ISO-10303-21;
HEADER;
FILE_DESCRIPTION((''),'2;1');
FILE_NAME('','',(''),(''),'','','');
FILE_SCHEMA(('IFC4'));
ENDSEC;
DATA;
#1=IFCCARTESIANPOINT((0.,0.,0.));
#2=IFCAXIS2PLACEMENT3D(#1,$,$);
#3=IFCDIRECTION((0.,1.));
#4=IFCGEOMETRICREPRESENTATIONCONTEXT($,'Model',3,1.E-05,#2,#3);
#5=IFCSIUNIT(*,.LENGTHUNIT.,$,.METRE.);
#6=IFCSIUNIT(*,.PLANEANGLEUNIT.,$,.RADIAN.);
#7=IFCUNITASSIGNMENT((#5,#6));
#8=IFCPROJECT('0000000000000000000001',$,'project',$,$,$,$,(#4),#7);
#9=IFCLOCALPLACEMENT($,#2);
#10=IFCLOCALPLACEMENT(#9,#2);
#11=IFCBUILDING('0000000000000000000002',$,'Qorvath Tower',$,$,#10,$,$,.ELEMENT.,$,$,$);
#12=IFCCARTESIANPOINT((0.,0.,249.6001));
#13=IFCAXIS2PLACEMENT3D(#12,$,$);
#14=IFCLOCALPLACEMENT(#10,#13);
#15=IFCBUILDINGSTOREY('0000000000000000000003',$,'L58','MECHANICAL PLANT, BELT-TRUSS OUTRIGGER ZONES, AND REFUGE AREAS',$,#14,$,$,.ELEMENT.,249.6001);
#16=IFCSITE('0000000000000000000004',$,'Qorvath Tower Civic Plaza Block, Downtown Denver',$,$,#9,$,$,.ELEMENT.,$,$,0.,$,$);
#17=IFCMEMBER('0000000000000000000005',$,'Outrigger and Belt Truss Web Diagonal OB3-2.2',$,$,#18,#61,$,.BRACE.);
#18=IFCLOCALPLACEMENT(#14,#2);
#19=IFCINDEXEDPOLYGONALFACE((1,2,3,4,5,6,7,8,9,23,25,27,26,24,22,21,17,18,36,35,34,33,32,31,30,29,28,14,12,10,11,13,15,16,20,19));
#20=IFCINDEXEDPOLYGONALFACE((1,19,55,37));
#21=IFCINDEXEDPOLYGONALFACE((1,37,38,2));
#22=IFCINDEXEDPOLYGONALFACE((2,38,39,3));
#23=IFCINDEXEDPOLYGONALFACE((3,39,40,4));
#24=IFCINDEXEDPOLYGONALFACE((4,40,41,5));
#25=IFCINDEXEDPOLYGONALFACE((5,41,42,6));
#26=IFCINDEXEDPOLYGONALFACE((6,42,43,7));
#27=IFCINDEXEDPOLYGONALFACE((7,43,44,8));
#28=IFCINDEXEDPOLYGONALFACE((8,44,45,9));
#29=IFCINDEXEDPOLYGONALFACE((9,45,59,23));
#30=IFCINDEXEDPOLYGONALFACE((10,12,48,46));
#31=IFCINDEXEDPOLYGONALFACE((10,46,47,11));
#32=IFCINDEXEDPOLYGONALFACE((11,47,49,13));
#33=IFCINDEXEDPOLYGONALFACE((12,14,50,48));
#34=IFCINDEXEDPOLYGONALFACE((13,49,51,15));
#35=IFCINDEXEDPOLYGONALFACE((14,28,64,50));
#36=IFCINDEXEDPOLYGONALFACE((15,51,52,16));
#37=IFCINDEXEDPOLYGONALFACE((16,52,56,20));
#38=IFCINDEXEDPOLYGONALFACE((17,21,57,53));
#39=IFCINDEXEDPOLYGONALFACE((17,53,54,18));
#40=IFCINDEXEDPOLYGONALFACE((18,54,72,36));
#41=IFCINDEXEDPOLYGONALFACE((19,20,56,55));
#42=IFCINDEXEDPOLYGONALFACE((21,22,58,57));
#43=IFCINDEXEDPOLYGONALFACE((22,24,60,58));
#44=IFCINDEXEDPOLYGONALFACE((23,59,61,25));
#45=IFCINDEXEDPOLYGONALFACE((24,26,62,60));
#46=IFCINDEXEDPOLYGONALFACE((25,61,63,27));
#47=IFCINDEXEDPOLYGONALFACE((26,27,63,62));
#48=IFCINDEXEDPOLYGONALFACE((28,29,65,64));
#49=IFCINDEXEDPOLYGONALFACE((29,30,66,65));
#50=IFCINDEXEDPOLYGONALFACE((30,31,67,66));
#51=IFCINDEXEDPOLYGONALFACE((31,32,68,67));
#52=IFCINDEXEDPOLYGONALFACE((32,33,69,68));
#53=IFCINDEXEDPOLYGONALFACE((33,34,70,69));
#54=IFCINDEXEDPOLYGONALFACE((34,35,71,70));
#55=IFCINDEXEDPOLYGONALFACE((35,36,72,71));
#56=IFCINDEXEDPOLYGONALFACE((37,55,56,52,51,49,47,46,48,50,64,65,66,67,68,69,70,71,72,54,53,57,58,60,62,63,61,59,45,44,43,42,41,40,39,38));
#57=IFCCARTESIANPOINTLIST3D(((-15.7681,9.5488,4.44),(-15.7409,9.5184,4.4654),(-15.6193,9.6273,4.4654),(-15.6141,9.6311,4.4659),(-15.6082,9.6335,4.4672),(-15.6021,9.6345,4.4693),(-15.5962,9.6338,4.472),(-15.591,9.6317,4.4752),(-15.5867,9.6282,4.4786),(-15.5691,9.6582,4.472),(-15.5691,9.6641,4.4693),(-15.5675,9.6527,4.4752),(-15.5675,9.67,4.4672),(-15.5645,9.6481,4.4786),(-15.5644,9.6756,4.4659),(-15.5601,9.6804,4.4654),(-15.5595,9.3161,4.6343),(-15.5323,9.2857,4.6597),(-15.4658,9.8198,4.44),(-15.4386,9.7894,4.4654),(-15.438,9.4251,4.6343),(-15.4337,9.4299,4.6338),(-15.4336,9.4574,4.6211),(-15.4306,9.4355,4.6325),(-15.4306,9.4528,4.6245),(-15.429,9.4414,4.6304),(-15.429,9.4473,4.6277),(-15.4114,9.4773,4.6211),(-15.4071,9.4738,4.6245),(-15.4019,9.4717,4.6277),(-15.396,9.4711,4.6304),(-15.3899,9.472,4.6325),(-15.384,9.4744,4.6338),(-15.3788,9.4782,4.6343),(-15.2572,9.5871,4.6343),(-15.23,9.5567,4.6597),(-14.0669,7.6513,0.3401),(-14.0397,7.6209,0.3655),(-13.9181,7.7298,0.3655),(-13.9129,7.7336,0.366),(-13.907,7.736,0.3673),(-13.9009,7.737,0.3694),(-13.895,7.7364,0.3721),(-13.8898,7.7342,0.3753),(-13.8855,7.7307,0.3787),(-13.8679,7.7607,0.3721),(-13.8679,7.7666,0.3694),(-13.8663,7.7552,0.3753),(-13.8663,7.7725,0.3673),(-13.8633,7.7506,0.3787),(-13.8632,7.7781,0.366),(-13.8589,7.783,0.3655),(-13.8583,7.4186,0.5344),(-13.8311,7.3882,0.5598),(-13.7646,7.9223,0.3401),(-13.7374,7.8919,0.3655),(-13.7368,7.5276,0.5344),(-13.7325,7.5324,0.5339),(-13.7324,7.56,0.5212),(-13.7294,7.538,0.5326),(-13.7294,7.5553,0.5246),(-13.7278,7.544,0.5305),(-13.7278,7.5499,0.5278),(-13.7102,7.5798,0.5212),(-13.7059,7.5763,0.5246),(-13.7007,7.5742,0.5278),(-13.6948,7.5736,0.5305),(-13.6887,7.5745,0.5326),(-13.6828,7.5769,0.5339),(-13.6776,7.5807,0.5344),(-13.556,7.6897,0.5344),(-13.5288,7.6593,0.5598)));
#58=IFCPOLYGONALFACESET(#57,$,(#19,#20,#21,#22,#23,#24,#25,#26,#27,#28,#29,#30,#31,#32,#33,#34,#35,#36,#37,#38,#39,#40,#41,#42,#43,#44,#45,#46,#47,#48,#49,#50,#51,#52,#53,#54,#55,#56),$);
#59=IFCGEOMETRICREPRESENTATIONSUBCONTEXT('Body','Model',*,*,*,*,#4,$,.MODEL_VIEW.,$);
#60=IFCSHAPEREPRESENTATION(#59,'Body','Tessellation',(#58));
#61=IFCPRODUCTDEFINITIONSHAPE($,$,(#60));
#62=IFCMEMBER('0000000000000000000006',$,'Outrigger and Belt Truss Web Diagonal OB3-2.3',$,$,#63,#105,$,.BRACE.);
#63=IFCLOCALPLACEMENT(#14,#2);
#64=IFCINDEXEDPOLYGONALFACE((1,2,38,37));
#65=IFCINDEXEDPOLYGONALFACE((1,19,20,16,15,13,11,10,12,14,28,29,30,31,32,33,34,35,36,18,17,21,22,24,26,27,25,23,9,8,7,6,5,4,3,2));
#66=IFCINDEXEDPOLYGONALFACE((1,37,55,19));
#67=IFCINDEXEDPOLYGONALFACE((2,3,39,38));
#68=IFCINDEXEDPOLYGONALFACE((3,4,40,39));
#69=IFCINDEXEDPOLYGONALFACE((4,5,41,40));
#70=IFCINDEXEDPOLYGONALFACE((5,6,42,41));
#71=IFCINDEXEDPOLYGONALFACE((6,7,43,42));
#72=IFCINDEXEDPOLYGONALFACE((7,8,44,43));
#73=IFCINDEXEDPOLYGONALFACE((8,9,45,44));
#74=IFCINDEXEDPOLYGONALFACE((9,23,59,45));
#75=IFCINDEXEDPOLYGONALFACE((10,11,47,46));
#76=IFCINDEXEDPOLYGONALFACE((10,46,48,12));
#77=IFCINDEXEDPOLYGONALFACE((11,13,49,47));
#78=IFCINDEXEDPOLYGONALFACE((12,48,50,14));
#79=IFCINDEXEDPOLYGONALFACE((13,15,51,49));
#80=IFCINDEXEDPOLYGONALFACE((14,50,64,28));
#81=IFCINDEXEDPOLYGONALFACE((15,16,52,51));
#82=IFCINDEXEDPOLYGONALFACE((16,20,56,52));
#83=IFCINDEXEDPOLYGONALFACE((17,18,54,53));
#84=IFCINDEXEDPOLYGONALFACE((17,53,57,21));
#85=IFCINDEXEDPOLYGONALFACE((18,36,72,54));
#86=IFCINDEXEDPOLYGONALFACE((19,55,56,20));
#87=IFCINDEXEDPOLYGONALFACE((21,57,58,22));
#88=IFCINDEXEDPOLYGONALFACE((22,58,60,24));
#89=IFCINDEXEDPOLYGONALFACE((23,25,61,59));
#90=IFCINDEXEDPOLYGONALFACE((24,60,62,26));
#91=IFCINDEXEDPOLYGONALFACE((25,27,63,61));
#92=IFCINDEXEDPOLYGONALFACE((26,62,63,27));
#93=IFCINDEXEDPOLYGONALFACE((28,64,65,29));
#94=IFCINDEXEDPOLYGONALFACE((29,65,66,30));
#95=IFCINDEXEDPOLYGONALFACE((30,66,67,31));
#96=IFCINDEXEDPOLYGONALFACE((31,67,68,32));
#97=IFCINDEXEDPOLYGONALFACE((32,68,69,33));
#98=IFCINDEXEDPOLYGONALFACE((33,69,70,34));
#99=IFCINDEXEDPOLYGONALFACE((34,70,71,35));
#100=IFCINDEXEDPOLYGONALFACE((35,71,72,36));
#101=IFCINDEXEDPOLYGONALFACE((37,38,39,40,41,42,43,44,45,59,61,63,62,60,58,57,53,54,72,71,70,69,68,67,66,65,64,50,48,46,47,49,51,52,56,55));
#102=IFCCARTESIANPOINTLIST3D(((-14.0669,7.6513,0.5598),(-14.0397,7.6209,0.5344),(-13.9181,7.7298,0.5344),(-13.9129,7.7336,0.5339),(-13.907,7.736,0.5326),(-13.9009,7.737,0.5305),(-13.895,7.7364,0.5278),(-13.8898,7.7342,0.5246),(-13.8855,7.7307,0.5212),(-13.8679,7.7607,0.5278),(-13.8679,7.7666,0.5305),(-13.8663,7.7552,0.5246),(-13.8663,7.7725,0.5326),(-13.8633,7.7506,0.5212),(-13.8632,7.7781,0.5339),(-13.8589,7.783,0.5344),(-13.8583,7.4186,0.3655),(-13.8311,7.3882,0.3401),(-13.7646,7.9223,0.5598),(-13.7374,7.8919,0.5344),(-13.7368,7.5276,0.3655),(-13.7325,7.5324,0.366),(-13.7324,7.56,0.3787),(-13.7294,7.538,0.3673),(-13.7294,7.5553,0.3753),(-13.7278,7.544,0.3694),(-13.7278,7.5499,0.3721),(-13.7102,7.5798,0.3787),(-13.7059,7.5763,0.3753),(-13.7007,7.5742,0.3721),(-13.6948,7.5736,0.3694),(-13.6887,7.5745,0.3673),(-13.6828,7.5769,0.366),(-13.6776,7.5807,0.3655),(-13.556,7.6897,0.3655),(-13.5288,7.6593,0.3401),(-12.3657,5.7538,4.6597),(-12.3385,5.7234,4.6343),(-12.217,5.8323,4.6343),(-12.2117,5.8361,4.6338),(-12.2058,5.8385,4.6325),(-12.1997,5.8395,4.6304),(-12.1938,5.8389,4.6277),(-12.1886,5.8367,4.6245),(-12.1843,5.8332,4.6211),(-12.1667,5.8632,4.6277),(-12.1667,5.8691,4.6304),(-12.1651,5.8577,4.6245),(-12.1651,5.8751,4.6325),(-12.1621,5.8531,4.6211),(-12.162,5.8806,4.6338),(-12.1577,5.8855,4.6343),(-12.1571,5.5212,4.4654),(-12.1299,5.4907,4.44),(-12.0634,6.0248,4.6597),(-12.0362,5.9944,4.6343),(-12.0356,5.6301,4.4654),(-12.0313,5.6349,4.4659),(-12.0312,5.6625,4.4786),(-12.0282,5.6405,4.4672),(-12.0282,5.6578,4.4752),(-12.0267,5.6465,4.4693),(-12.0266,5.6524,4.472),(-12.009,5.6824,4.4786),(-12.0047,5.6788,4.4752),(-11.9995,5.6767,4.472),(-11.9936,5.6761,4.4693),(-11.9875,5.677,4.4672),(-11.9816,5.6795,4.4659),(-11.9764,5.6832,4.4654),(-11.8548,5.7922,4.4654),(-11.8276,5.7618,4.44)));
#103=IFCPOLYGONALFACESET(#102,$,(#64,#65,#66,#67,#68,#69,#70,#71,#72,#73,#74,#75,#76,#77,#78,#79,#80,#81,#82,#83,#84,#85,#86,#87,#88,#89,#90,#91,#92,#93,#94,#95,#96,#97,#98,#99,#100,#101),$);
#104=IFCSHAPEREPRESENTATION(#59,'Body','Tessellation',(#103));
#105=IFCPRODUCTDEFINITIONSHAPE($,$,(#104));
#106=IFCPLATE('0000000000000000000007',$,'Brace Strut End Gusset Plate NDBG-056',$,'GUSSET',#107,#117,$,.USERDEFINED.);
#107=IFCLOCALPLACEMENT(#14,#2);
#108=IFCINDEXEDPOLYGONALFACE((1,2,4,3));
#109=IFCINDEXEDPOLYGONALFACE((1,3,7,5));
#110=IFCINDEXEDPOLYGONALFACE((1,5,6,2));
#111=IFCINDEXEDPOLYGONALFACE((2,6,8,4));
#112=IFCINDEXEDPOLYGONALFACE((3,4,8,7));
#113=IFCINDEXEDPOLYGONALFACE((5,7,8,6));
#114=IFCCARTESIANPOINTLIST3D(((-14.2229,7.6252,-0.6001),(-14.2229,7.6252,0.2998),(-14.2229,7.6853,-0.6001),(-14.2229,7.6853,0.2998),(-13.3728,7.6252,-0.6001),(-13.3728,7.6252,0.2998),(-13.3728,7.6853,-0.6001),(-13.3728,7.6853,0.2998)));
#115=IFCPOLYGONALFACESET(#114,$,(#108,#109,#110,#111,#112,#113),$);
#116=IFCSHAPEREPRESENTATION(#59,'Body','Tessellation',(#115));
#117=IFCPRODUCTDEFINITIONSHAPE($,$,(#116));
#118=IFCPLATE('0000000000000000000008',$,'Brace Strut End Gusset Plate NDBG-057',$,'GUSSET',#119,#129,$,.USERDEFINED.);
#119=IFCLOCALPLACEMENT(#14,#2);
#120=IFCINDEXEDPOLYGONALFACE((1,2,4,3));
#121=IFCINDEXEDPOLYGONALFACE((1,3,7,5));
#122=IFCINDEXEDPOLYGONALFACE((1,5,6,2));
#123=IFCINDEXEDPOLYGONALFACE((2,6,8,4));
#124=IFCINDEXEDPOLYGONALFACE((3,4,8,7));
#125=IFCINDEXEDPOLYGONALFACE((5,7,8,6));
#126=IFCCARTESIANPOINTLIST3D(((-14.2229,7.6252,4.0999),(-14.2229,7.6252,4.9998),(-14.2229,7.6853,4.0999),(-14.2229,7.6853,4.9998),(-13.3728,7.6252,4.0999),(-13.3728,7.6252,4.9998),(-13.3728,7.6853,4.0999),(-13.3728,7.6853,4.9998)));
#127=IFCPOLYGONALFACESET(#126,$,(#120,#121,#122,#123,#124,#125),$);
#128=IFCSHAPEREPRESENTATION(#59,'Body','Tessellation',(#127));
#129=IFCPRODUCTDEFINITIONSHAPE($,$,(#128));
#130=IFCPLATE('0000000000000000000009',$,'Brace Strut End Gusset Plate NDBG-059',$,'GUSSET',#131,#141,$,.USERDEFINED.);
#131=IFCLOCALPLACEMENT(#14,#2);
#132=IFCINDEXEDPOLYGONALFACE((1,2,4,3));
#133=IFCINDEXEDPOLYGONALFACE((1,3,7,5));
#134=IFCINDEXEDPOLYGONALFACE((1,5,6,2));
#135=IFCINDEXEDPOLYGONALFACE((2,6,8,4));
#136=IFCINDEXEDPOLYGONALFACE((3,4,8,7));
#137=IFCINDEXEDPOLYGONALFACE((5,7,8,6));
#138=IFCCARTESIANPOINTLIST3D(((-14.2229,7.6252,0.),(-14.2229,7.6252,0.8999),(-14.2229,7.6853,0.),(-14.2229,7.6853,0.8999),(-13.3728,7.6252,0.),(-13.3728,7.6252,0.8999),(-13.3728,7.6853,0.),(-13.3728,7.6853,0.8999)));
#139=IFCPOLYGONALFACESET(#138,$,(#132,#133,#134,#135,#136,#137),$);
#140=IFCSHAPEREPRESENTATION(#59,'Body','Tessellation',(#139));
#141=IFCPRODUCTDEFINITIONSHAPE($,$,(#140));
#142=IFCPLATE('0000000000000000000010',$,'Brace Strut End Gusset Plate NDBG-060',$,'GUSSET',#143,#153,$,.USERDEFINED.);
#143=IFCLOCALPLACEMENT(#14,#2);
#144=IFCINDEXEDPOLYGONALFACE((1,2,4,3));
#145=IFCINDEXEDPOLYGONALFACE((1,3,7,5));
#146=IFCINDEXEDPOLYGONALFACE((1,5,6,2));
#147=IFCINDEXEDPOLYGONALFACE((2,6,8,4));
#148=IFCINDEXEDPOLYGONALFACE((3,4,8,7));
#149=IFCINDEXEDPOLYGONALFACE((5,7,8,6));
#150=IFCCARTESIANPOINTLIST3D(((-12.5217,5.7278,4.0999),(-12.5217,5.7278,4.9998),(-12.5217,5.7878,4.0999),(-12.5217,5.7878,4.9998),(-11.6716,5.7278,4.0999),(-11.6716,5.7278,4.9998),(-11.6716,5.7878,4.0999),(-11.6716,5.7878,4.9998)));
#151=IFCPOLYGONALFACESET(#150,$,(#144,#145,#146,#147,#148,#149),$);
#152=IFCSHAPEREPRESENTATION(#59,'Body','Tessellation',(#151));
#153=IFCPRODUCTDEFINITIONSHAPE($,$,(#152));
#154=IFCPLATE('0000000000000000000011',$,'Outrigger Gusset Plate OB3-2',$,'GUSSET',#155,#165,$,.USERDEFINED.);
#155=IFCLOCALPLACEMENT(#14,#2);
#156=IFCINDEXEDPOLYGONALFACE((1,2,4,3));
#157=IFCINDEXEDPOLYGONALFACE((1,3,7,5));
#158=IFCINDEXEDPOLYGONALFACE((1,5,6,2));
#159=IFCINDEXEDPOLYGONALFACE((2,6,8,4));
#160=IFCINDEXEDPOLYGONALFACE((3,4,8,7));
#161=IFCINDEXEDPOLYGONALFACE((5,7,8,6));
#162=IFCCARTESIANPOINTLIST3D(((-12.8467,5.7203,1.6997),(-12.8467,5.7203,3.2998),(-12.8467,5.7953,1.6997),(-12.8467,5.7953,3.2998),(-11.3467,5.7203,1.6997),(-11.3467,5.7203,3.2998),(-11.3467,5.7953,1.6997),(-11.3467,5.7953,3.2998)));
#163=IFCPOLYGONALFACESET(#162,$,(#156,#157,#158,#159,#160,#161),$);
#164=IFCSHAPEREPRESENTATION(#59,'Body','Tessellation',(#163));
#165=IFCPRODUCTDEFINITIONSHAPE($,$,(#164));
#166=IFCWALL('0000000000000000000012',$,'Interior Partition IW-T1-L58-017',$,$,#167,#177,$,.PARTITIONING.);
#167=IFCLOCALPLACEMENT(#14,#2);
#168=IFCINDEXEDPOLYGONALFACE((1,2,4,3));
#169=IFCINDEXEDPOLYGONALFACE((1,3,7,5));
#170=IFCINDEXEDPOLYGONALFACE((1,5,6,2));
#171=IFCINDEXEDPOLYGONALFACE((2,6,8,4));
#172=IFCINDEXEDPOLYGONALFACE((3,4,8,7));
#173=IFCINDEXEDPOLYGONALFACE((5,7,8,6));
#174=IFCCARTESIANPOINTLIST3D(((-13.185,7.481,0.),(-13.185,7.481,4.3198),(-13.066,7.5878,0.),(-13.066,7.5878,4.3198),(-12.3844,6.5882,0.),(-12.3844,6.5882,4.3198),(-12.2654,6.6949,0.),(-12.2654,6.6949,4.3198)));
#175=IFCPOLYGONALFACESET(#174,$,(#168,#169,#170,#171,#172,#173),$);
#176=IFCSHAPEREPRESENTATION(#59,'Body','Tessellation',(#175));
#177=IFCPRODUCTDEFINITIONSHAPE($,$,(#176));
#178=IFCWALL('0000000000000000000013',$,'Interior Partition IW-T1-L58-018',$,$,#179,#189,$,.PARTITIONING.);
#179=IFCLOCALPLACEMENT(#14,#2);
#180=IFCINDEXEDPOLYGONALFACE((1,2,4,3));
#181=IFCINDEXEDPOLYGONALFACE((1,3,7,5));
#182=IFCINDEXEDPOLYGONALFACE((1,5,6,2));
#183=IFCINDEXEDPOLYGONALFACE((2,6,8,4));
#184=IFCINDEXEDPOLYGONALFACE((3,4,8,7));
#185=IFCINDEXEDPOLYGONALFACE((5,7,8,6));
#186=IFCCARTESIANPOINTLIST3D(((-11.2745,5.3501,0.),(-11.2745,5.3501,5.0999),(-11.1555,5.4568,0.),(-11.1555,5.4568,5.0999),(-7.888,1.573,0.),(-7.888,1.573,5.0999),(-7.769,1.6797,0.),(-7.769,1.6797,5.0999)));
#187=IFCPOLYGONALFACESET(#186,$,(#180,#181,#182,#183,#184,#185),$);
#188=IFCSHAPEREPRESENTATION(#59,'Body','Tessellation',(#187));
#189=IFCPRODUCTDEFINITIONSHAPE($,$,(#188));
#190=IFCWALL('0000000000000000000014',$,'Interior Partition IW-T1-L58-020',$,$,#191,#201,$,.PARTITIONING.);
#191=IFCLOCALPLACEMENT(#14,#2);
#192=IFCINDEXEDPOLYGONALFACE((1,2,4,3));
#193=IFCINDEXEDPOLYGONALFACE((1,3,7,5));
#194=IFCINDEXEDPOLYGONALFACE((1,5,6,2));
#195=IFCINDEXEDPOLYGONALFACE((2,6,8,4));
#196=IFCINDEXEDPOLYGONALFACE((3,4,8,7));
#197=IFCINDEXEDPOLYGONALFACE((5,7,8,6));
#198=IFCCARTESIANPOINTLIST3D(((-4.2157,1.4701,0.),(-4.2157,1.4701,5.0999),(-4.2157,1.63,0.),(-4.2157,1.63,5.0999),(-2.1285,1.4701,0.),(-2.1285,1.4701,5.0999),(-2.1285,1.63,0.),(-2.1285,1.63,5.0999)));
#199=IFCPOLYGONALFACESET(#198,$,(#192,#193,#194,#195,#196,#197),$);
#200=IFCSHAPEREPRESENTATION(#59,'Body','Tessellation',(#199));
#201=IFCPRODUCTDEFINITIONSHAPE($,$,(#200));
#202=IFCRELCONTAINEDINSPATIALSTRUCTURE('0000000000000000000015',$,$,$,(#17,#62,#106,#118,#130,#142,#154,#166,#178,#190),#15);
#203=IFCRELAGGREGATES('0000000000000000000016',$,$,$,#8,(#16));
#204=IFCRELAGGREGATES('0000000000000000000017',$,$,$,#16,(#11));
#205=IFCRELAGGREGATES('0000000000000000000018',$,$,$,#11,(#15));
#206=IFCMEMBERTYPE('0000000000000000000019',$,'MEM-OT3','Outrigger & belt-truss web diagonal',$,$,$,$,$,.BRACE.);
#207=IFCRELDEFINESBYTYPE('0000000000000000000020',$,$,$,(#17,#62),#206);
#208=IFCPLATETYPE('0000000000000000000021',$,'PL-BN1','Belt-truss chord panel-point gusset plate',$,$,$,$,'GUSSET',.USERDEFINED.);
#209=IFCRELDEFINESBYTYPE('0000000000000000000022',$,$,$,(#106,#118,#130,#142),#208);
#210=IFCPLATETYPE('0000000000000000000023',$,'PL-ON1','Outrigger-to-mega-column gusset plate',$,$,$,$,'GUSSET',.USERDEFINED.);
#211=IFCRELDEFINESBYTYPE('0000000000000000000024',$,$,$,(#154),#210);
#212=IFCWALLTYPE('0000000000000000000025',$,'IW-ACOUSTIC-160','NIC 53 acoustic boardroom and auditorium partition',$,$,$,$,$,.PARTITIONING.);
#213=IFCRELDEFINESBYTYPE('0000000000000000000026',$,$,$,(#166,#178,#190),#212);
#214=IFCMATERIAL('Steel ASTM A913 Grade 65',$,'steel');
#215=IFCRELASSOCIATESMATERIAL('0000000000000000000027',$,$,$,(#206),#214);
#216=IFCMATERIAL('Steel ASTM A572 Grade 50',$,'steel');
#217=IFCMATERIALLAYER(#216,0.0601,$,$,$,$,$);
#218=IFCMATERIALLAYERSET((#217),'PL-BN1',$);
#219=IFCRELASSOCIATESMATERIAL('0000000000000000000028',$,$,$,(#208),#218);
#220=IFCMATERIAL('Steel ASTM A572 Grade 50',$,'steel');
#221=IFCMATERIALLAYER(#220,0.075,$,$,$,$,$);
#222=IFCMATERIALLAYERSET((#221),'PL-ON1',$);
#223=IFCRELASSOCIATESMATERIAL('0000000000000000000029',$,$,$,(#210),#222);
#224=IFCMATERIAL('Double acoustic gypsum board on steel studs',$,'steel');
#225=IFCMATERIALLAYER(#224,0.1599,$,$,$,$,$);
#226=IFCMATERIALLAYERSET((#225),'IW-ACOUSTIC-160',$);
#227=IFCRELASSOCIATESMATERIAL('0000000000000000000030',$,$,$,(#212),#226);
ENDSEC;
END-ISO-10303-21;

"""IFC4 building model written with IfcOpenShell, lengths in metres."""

from ifc_helpers import new_model, si_unit, direction, frame, frame_2d, origin, origin_2d, place, context, subcontext, project, spatial, rectangle, i_section, extrude, material, layer, layer_set, material_profile, profile_set, type_object, element, save


model = new_model("IFC4")

# Units and contexts
model_context = context("Model", 3, precision=1e-05, world=origin(), true_north=direction((0.0, 1.0)))
body_context = subcontext(model_context, "Body", "Model", "MODEL_VIEW")
ifc_project = project(units=[si_unit("LENGTHUNIT", "METRE"), si_unit("PLANEANGLEUNIT", "RADIAN")], contexts=[model_context])

# Site, building, storey
site_placement = place(None, origin())
site = spatial("IfcSite", under=ifc_project, at=site_placement, Name="Qorvath Tower Civic Plaza Block, Downtown Denver", CompositionType="ELEMENT", RefElevation=0.0)
building_placement = place(site_placement, origin())
building = spatial("IfcBuilding", under=site, at=building_placement, Name="Qorvath Tower", CompositionType="ELEMENT")
storey_placement = place(building_placement, frame((0.0, 0.0, 249.6001)))
storey = spatial("IfcBuildingStorey", under=building, at=storey_placement, Name="L58", Description="MECHANICAL PLANT, BELT-TRUSS OUTRIGGER ZONES, AND REFUGE AREAS", CompositionType="ELEMENT", Elevation=249.6001)

# Members
ifc_material_1 = material(Name="Steel ASTM A913 Grade 65", Category="steel")
ifc_material_profile_1 = material_profile(ifc_material_1, i_section(OverallWidth=0.406, OverallDepth=0.416, WebThickness=0.0298, FlangeThickness=0.0481, FilletRadius=0.0249, at=origin_2d()), Name="W14x257")
ifc_profile_set_1 = profile_set([ifc_material_profile_1], Name="Steel ASTM A913 Grade 65")
member_type_1 = type_object("IfcMemberType", Name="MEM-OT3", Description="Outrigger & belt-truss web diagonal", PredefinedType="BRACE", material=ifc_profile_set_1)
for number, where, z_axis, x_axis, name in (
    (1, (-13.7979, 7.6553, 0.45), (-0.352404, 0.393066, 0.8493), (-0.744569, -0.667545, 0.0), "Outrigger and Belt Truss Web Diagonal OB3-2.2"),
    (2, (-13.7979, 7.6553, 0.45), (0.352404, -0.393066, 0.8493), (0.744569, 0.667545, 0.0), "Outrigger and Belt Truss Web Diagonal OB3-2.3"),
):
    element("IfcMember", number, at=place(storey_placement, frame(where, z_axis=z_axis, x_axis=x_axis)), inside=storey, type_object=member_type_1, Name=name, PredefinedType="BRACE", context=body_context, shape_type="SweptSolid", body=[
        extrude(i_section(OverallWidth=0.406, OverallDepth=0.416, WebThickness=0.0298, FlangeThickness=0.0481, FilletRadius=0.0249, at=origin_2d()), origin(), (0.0, 0.0, 1.0), 4.8274),
    ])

# Plates
ifc_material_2 = material(Name="Steel ASTM A572 Grade 50", Category="steel")
ifc_layer_1 = layer(ifc_material_2, 0.0601)
ifc_layer_set_1 = layer_set([ifc_layer_1], Name="PL-BN1")
plate_type_1 = type_object("IfcPlateType", Name="PL-BN1", Description="Belt-truss chord panel-point gusset plate", ElementType="GUSSET", PredefinedType="USERDEFINED", material=ifc_layer_set_1)
for number, where, z_axis, x_axis, name in (
    (3, (-13.7979, 7.6553, -0.6001), (0.0, 0.0, 1.0), (1.0, 0.0, 0.0), "Brace Strut End Gusset Plate NDBG-056"),
    (4, (-13.7979, 7.6553, 4.0999), (0.0, 0.0, 1.0), (1.0, 0.0, 0.0), "Brace Strut End Gusset Plate NDBG-057"),
    (5, (-13.7979, 7.6553, 0.0), (0.0, 0.0, 1.0), (1.0, 0.0, 0.0), "Brace Strut End Gusset Plate NDBG-059"),
    (6, (-12.0967, 5.7578, 4.0999), (0.0, 0.0, 1.0), (1.0, 0.0, 0.0), "Brace Strut End Gusset Plate NDBG-060"),
):
    element("IfcPlate", number, at=place(storey_placement, frame(where, z_axis=z_axis, x_axis=x_axis)), inside=storey, type_object=plate_type_1, Name=name, ObjectType="GUSSET", PredefinedType="USERDEFINED", context=body_context, shape_type="SweptSolid", body=[
        extrude(rectangle(XDim=0.8501, YDim=0.0601, at=origin_2d()), origin(), (0.0, 0.0, 1.0), 0.8999),
    ])
ifc_material_3 = material(Name="Steel ASTM A572 Grade 50", Category="steel")
ifc_layer_2 = layer(ifc_material_3, 0.075)
ifc_layer_set_2 = layer_set([ifc_layer_2], Name="PL-ON1")
plate_type_2 = type_object("IfcPlateType", Name="PL-ON1", Description="Outrigger-to-mega-column gusset plate", ElementType="GUSSET", PredefinedType="USERDEFINED", material=ifc_layer_set_2)
plate_placement = place(storey_placement, frame((-12.0967, 5.7578, 1.6997), z_axis=(0.0, 0.0, 1.0), x_axis=(1.0, 0.0, 0.0)))
element("IfcPlate", 7, at=plate_placement, inside=storey, type_object=plate_type_2, Name="Outrigger Gusset Plate OB3-2", ObjectType="GUSSET", PredefinedType="USERDEFINED", context=body_context, shape_type="SweptSolid", body=[
    extrude(rectangle(XDim=1.5, YDim=0.075, at=origin_2d()), origin(), (0.0, 0.0, 1.0), 1.6001),
])

# Walls
ifc_material_4 = material(Name="Double acoustic gypsum board on steel studs", Category="steel")
ifc_layer_3 = layer(ifc_material_4, 0.1599)
ifc_layer_set_3 = layer_set([ifc_layer_3], Name="IW-ACOUSTIC-160")
wall_type_1 = type_object("IfcWallType", Name="IW-ACOUSTIC-160", Description="NIC 53 acoustic boardroom and auditorium partition", PredefinedType="PARTITIONING", material=ifc_layer_set_3)
wall_1_placement = place(storey_placement, frame((-13.1255, 7.5344, 0.0), z_axis=(0.0, 0.0, 1.0), x_axis=(0.66758, -0.744538, 0.0)))
element("IfcWall", 8, at=wall_1_placement, inside=storey, type_object=wall_type_1, Name="Interior Partition IW-T1-L58-017", PredefinedType="PARTITIONING", context=body_context, shape_type="SweptSolid", body=[
    extrude(rectangle(XDim=1.1992, YDim=0.1599, at=frame_2d((0.5996, 0.0))), origin(), (0.0, 0.0, 1.0), 4.3198),
])
wall_2_placement = place(storey_placement, frame((-11.2151, 5.4036, 0.0), z_axis=(0.0, 0.0, 1.0), x_axis=(0.667557, -0.744559, 0.0)))
element("IfcWall", 9, at=wall_2_placement, inside=storey, type_object=wall_type_1, Name="Interior Partition IW-T1-L58-018", PredefinedType="PARTITIONING", context=body_context, shape_type="SweptSolid", body=[
    extrude(rectangle(XDim=5.073, YDim=0.1599, at=frame_2d((2.5366, 0.0))), origin(), (0.0, 0.0, 1.0), 5.0999),
])

# Wall
wall_3_placement = place(storey_placement, frame((-4.2156, 1.55, 0.0), z_axis=(0.0, 0.0, 1.0), x_axis=(1.0, 0.0, 0.0)))
element("IfcWall", 10, at=wall_3_placement, inside=storey, type_object=wall_type_1, Name="Interior Partition IW-T1-L58-020", PredefinedType="PARTITIONING", context=body_context, shape_type="SweptSolid", body=[
    extrude(rectangle(XDim=2.0872, YDim=0.1599, at=frame_2d((1.0435, 0.0))), origin(), (0.0, 0.0, 1.0), 5.0999),
])

save(model, "model.ifc")
